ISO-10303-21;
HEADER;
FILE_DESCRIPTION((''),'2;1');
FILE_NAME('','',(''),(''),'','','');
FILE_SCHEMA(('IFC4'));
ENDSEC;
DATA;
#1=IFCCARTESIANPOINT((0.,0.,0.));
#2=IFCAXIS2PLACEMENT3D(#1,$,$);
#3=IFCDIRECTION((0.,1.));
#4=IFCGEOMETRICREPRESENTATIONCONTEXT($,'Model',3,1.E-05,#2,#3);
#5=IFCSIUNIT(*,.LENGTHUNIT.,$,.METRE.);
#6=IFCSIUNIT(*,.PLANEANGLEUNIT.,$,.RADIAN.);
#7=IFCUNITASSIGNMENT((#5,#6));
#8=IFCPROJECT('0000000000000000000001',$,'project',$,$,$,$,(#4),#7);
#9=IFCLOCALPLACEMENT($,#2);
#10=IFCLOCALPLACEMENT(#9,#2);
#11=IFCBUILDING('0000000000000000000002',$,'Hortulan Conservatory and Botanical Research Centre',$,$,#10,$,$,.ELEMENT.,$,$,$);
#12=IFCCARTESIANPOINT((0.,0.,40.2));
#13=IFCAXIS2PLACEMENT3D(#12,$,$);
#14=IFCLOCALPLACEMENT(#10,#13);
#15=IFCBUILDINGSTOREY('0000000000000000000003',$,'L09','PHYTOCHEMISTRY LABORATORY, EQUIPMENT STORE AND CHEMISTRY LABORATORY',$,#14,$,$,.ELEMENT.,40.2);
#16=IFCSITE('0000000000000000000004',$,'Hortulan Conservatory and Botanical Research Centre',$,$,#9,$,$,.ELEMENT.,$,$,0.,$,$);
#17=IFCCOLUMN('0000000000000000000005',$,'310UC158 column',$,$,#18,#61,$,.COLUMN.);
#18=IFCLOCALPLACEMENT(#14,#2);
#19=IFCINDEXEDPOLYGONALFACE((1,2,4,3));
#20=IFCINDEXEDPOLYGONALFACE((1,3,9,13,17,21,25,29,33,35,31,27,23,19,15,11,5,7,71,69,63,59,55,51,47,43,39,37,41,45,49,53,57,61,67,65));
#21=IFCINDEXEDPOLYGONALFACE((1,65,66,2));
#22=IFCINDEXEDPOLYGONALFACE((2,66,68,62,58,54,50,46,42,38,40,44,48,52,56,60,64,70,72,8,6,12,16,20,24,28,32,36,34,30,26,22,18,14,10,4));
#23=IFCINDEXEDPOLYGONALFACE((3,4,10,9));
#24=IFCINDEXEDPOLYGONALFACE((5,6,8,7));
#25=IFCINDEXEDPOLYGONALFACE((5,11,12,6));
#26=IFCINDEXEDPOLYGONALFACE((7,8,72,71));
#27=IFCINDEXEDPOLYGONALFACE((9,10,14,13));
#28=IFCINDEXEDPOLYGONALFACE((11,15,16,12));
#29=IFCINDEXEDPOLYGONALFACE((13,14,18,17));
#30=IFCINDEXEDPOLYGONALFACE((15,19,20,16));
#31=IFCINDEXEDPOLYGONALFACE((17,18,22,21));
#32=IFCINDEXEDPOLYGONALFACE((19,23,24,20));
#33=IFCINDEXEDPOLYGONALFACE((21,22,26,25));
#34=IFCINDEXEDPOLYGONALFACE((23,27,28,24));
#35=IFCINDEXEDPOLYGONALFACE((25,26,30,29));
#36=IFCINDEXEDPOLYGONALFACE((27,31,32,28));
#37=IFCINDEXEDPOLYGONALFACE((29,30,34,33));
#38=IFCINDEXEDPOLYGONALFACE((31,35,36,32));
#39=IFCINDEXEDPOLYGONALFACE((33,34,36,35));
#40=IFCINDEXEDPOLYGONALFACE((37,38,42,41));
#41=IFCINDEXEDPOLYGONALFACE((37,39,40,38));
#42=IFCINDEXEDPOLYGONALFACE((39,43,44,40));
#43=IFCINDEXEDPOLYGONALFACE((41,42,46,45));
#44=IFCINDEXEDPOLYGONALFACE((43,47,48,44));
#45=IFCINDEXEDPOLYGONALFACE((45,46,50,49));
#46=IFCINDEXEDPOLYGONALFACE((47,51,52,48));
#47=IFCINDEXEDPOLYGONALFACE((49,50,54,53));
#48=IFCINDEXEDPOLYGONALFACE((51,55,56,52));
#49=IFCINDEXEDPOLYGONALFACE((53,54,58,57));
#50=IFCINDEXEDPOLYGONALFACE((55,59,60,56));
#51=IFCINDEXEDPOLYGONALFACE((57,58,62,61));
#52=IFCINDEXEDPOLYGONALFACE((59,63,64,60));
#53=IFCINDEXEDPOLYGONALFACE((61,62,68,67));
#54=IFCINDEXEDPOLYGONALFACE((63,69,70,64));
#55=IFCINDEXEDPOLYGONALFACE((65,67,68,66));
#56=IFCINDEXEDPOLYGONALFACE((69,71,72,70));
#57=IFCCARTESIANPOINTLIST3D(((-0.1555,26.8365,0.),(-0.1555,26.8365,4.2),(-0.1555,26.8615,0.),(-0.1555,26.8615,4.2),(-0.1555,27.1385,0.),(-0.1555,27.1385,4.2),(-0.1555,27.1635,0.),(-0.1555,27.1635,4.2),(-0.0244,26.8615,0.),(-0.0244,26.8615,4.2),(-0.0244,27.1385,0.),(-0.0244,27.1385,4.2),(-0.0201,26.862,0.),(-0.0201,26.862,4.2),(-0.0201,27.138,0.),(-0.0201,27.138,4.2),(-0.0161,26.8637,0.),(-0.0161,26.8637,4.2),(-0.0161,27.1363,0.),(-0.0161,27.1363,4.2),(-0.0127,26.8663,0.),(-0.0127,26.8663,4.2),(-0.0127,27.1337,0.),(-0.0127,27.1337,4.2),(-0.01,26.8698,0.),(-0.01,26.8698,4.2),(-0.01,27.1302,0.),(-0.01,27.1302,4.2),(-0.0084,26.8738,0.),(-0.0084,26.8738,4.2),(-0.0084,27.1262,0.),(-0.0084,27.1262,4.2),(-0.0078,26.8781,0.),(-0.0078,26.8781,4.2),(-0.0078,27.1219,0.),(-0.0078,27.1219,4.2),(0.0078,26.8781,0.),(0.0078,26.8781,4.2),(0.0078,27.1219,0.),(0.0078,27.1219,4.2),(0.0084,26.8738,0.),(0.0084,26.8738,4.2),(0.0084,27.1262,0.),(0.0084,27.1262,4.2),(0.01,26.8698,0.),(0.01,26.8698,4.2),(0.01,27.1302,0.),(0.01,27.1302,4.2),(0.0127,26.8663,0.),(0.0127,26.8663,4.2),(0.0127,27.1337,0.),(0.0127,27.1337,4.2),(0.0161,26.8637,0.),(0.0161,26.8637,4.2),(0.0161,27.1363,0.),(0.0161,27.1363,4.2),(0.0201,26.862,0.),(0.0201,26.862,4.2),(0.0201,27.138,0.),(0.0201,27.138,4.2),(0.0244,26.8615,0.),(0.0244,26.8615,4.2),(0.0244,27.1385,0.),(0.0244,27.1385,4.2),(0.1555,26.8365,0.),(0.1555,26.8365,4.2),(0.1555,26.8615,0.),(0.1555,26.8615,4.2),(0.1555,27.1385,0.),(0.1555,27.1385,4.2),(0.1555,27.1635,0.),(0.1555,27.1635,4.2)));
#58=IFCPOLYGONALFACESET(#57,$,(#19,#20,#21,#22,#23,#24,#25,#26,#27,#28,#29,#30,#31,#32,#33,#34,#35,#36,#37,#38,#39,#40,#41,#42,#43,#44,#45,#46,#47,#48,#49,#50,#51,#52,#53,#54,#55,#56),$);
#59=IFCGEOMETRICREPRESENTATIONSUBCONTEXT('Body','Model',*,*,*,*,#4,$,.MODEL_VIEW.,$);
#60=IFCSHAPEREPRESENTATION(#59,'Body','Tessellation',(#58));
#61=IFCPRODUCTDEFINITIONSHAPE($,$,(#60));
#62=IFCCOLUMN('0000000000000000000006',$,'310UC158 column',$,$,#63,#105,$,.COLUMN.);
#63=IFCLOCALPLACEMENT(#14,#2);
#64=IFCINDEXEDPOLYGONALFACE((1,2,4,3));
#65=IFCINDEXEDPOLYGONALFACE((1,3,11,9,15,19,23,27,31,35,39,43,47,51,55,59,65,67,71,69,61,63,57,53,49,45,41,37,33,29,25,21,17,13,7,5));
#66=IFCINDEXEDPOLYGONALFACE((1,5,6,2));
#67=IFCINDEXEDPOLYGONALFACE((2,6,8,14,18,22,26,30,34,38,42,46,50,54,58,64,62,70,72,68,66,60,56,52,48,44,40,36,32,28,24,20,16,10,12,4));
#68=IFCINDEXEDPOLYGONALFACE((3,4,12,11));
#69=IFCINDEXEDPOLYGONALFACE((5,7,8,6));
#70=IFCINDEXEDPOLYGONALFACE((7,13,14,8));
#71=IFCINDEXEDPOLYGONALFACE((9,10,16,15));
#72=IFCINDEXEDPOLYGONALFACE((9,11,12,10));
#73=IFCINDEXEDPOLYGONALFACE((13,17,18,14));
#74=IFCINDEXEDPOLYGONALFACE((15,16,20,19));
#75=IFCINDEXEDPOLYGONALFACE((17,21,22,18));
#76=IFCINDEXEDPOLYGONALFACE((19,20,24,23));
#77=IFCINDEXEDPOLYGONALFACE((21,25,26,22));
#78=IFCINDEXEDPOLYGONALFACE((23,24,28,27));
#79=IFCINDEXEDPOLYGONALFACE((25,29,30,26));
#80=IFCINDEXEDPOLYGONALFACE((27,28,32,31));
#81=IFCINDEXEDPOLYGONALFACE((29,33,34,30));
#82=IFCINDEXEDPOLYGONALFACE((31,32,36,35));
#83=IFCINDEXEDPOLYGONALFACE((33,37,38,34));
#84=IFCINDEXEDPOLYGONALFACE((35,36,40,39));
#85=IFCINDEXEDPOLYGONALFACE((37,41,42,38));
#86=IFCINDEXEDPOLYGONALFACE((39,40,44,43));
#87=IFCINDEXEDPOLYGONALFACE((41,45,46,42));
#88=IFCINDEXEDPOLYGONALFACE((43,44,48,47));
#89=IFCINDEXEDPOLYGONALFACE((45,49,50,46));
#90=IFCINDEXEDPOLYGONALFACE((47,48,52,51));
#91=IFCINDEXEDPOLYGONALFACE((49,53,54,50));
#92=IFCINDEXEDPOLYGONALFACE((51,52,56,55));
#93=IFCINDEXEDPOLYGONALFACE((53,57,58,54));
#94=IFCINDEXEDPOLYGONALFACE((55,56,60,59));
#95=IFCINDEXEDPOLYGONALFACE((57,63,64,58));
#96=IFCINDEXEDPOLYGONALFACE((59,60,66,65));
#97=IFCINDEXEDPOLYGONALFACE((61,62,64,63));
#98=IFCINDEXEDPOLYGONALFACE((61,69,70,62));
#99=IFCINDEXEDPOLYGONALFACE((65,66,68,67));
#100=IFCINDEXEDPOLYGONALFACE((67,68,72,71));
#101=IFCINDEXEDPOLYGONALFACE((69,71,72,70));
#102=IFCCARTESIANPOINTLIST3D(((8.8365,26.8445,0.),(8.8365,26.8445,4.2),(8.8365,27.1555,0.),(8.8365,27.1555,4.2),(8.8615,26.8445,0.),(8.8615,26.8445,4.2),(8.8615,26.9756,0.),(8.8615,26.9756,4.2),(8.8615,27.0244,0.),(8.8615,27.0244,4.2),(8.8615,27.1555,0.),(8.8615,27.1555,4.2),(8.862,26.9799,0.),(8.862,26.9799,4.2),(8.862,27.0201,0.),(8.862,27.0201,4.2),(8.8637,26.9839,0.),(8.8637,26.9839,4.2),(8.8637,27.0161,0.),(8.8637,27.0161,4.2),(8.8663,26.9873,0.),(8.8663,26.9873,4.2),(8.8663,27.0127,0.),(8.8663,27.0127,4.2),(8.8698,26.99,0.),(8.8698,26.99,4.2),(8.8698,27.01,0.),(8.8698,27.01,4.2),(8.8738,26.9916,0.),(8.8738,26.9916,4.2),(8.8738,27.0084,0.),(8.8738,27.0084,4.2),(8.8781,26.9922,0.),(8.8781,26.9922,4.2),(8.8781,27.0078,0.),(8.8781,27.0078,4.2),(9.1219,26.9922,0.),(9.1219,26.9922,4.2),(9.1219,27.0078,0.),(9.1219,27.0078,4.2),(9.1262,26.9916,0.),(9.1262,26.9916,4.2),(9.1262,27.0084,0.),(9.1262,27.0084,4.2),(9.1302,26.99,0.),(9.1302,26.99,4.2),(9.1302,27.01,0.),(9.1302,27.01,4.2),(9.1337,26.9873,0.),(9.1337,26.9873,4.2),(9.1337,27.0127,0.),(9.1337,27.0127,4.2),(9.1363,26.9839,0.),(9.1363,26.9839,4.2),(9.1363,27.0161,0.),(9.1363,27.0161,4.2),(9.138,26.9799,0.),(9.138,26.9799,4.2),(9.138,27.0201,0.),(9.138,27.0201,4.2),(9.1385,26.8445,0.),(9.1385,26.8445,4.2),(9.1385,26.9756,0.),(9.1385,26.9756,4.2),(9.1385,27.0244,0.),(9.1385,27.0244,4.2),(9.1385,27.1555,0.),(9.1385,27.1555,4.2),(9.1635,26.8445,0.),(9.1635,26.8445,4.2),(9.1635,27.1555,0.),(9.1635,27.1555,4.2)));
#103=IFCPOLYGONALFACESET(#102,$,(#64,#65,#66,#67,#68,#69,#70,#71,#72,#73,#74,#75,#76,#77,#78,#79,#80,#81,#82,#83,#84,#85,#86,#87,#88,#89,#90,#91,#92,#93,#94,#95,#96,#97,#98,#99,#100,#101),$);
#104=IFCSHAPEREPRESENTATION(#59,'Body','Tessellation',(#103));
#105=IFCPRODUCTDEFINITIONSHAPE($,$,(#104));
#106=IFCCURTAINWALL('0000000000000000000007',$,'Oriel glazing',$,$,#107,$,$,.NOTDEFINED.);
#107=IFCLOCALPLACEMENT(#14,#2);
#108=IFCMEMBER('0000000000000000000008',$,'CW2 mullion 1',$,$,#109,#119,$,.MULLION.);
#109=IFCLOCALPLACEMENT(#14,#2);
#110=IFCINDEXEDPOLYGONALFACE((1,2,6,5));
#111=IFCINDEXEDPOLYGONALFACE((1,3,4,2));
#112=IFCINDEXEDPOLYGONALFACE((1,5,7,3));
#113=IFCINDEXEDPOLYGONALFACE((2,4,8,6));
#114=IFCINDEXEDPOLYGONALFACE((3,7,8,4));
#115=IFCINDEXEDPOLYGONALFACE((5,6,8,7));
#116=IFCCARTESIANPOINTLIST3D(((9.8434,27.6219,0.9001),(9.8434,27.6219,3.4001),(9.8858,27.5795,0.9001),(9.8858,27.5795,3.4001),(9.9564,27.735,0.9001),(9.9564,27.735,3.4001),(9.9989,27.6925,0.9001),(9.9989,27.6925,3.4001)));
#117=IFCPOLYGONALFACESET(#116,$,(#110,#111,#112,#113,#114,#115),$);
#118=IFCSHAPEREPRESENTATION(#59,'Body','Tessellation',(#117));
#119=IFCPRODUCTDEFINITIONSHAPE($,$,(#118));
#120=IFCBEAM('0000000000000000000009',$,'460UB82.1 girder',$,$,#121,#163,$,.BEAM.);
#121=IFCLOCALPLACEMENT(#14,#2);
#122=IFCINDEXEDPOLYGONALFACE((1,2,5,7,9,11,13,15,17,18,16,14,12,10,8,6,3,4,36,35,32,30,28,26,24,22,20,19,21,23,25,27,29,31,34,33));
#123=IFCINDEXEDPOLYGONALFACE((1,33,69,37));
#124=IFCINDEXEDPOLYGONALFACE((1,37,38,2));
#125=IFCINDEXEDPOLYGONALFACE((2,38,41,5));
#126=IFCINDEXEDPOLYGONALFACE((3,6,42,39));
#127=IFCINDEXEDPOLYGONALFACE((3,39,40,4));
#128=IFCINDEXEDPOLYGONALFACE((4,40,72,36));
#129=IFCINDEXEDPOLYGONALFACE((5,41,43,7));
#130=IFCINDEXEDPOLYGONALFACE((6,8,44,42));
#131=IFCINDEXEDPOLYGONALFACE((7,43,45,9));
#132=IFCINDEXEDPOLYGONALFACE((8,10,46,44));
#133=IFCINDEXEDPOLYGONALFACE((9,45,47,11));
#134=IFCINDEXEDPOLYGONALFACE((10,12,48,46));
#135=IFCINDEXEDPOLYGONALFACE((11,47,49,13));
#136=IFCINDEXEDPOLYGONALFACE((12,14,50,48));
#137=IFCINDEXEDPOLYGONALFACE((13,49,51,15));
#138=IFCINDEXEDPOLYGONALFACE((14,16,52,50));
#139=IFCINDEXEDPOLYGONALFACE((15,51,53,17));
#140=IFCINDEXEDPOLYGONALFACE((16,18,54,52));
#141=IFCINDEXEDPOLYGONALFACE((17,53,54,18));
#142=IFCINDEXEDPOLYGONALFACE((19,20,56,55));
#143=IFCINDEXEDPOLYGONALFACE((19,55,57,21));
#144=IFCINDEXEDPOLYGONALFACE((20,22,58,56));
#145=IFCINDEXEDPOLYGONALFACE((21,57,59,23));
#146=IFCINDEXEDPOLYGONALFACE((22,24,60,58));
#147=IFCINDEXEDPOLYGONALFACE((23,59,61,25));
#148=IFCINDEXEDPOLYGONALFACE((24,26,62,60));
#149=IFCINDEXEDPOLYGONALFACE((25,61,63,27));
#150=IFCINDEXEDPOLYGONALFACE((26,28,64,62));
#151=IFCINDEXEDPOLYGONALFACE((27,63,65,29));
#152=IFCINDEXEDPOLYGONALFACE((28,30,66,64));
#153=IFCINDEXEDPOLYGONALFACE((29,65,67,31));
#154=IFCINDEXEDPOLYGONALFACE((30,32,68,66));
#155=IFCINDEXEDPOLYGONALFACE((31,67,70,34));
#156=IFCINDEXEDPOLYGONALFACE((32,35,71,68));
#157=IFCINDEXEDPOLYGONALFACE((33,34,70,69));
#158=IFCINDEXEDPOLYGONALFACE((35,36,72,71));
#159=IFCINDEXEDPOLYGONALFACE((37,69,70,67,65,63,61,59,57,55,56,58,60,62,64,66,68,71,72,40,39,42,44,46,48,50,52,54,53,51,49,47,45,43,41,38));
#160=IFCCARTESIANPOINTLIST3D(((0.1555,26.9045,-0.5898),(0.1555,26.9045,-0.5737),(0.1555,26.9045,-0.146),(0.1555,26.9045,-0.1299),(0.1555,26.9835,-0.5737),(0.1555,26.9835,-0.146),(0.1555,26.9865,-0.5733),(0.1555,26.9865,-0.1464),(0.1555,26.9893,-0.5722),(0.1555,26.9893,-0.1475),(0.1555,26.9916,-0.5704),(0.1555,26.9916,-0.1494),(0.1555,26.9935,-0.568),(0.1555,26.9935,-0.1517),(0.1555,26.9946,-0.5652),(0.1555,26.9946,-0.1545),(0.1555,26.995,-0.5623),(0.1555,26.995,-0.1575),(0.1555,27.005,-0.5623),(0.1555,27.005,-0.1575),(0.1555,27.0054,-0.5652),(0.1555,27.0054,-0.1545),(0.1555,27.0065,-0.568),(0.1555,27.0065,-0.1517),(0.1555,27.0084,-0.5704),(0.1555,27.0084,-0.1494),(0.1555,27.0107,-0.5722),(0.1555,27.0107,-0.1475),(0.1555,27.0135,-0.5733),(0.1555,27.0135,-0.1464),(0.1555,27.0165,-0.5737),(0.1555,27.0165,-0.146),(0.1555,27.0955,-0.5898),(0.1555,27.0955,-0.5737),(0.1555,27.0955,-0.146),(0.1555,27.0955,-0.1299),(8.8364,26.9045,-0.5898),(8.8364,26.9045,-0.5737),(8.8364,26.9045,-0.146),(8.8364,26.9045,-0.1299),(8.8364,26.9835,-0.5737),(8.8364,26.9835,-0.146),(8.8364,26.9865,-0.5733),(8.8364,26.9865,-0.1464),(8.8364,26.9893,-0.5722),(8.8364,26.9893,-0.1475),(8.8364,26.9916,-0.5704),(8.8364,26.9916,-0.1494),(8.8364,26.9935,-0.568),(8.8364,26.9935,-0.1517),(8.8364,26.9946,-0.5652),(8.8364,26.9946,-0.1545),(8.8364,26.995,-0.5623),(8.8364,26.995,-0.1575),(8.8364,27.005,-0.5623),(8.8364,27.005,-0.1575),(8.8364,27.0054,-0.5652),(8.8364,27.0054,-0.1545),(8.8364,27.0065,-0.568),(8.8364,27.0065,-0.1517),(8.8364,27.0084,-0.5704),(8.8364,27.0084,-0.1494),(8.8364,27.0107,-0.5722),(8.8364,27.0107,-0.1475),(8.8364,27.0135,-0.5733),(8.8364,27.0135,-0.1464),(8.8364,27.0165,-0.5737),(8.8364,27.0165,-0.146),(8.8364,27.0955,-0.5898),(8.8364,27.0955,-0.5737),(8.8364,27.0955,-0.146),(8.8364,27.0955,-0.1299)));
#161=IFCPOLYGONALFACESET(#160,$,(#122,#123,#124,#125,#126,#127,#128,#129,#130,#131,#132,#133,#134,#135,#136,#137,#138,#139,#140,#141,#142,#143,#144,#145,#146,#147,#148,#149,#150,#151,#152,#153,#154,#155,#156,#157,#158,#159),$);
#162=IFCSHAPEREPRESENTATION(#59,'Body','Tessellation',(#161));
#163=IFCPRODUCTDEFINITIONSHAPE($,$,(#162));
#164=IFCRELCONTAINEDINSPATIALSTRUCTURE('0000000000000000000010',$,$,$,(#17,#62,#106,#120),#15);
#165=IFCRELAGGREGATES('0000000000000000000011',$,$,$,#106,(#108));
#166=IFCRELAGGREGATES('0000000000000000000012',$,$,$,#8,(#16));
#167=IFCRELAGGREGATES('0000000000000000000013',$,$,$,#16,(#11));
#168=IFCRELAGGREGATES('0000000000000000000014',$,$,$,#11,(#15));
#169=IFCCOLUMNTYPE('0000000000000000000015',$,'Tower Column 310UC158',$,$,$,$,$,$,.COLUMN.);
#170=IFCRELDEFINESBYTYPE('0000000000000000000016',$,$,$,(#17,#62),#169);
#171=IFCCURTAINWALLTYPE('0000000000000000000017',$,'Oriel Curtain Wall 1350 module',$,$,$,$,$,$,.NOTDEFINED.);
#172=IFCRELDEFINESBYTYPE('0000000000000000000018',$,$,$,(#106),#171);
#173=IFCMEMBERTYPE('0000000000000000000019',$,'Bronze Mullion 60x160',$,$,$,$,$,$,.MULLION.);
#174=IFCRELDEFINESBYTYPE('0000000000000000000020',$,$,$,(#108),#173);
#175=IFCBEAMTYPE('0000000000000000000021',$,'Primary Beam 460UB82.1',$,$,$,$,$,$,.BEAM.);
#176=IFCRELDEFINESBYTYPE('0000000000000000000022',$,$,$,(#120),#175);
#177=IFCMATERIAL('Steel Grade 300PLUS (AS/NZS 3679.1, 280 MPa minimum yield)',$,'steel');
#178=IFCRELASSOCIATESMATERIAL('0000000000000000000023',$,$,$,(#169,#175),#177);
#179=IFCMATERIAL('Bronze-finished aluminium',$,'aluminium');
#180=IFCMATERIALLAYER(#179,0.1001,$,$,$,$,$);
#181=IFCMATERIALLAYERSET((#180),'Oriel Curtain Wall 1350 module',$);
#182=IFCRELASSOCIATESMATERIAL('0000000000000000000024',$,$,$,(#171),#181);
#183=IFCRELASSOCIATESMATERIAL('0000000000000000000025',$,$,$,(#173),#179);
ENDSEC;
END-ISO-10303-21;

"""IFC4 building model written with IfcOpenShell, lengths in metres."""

from ifc_helpers import new_model, si_unit, direction, frame, origin, origin_2d, place, context, subcontext, project, spatial, rectangle, i_section, extrude, material, layer, layer_set, material_profile, profile_set, type_object, element, aggregate, save


model = new_model("IFC4")

# Units and contexts
model_context = context("Model", 3, precision=1e-05, world=origin(), true_north=direction((0.0, 1.0)))
body_context = subcontext(model_context, "Body", "Model", "MODEL_VIEW")
ifc_project = project(units=[si_unit("LENGTHUNIT", "METRE"), si_unit("PLANEANGLEUNIT", "RADIAN")], contexts=[model_context])

# Site, building, storey
site_placement = place(None, origin())
site = spatial("IfcSite", under=ifc_project, at=site_placement, Name="Hortulan Conservatory and Botanical Research Centre", CompositionType="ELEMENT", RefElevation=0.0)
building_placement = place(site_placement, origin())
building = spatial("IfcBuilding", under=site, at=building_placement, Name="Hortulan Conservatory and Botanical Research Centre", CompositionType="ELEMENT")
storey_placement = place(building_placement, frame((0.0, 0.0, 40.2)))
storey = spatial("IfcBuildingStorey", under=building, at=storey_placement, Name="L09", Description="PHYTOCHEMISTRY LABORATORY, EQUIPMENT STORE AND CHEMISTRY LABORATORY", CompositionType="ELEMENT", Elevation=40.2)

# Columns
ifc_material_1 = material(Name="Steel Grade 300PLUS (AS/NZS 3679.1, 280 MPa minimum yield)", Category="steel")
ifc_material_profile_1 = material_profile(ifc_material_1, i_section(OverallWidth=0.311, OverallDepth=0.3269, WebThickness=0.0156, FlangeThickness=0.0249, FilletRadius=0.0166, at=origin_2d()), Name="310UC158")
ifc_profile_set_1 = profile_set([ifc_material_profile_1], Name="Steel Grade 300PLUS (AS/NZS 3679.1, 280 MPa minimum yield)")
column_type = type_object("IfcColumnType", Name="Tower Column 310UC158", PredefinedType="COLUMN", material=ifc_profile_set_1)
for number, where, z_axis, x_axis, name in (
    (1, (0.0, 27.0, 0.0), (0.0, 0.0, 1.0), (1.0, 0.0, 0.0), "310UC158 column"),
    (2, (9.0, 27.0, 0.0), (0.0, 0.0, 1.0), (0.0, 1.0, 0.0), "310UC158 column"),
):
    element("IfcColumn", number, at=place(storey_placement, frame(where, z_axis=z_axis, x_axis=x_axis)), inside=storey, type_object=column_type, Name=name, PredefinedType="COLUMN", context=body_context, shape_type="SweptSolid", body=[
        extrude(i_section(OverallWidth=0.311, OverallDepth=0.3269, WebThickness=0.0156, FlangeThickness=0.0249, FilletRadius=0.0166, at=origin_2d()), origin(), (0.0, 0.0, 1.0), 4.2),
    ])

# Curtain wall, member
ifc_material_2 = material(Name="Bronze-finished aluminium", Category="aluminium")
ifc_layer_1 = layer(ifc_material_2, 0.1001)
ifc_layer_set_1 = layer_set([ifc_layer_1], Name="Oriel Curtain Wall 1350 module")
curtain_wall_type = type_object("IfcCurtainWallType", Name="Oriel Curtain Wall 1350 module", PredefinedType="NOTDEFINED", material=ifc_layer_set_1)
curtain_wall_placement = place(storey_placement, origin())
curtain_wall = element("IfcCurtainWall", 3, at=curtain_wall_placement, inside=storey, type_object=curtain_wall_type, Name="Oriel glazing", PredefinedType="NOTDEFINED")
ifc_material_profile_2 = material_profile(ifc_material_2, rectangle(XDim=0.0601, YDim=0.1599, at=origin_2d()), Name="Bronze Mullion 60x160")
ifc_profile_set_2 = profile_set([ifc_material_profile_2], Name="Bronze-finished aluminium")
member_type = type_object("IfcMemberType", Name="Bronze Mullion 60x160", PredefinedType="MULLION", material=ifc_profile_set_2)
member_placement = place(storey_placement, frame((9.9211, 27.6572, 0.9001), z_axis=(0.0, 0.0, 1.0), x_axis=(-0.707107, 0.707107, 0.0)))
member = element("IfcMember", 4, at=member_placement, type_object=member_type, Name="CW2 mullion 1", PredefinedType="MULLION", context=body_context, shape_type="SweptSolid", body=[
    extrude(rectangle(XDim=0.0601, YDim=0.1599, at=origin_2d()), origin(), (0.0, 0.0, 1.0), 2.5),
])
aggregate(curtain_wall, [member])

# Beam
ifc_material_profile_3 = material_profile(ifc_material_1, i_section(OverallWidth=0.1909, OverallDepth=0.46, WebThickness=0.01, FlangeThickness=0.0161, FilletRadius=0.0115, at=origin_2d()), Name="460UB82.1")
ifc_profile_set_3 = profile_set([ifc_material_profile_3], Name="Steel Grade 300PLUS (AS/NZS 3679.1, 280 MPa minimum yield)")
beam_type = type_object("IfcBeamType", Name="Primary Beam 460UB82.1", PredefinedType="BEAM", material=ifc_profile_set_3)
beam_1_placement = place(storey_placement, frame((0.1555, 27.0, -0.3599), z_axis=(1.0, 0.0, 0.0), x_axis=(0.0, 1.0, 0.0)))
element("IfcBeam", 5, at=beam_1_placement, inside=storey, type_object=beam_type, Name="460UB82.1 girder", PredefinedType="BEAM", context=body_context, shape_type="SweptSolid", body=[
    extrude(i_section(OverallWidth=0.1909, OverallDepth=0.46, WebThickness=0.01, FlangeThickness=0.0161, FilletRadius=0.0115, at=origin_2d()), origin(), (0.0, 0.0, 1.0), 8.6809),
])

save(model, "model.ifc")
